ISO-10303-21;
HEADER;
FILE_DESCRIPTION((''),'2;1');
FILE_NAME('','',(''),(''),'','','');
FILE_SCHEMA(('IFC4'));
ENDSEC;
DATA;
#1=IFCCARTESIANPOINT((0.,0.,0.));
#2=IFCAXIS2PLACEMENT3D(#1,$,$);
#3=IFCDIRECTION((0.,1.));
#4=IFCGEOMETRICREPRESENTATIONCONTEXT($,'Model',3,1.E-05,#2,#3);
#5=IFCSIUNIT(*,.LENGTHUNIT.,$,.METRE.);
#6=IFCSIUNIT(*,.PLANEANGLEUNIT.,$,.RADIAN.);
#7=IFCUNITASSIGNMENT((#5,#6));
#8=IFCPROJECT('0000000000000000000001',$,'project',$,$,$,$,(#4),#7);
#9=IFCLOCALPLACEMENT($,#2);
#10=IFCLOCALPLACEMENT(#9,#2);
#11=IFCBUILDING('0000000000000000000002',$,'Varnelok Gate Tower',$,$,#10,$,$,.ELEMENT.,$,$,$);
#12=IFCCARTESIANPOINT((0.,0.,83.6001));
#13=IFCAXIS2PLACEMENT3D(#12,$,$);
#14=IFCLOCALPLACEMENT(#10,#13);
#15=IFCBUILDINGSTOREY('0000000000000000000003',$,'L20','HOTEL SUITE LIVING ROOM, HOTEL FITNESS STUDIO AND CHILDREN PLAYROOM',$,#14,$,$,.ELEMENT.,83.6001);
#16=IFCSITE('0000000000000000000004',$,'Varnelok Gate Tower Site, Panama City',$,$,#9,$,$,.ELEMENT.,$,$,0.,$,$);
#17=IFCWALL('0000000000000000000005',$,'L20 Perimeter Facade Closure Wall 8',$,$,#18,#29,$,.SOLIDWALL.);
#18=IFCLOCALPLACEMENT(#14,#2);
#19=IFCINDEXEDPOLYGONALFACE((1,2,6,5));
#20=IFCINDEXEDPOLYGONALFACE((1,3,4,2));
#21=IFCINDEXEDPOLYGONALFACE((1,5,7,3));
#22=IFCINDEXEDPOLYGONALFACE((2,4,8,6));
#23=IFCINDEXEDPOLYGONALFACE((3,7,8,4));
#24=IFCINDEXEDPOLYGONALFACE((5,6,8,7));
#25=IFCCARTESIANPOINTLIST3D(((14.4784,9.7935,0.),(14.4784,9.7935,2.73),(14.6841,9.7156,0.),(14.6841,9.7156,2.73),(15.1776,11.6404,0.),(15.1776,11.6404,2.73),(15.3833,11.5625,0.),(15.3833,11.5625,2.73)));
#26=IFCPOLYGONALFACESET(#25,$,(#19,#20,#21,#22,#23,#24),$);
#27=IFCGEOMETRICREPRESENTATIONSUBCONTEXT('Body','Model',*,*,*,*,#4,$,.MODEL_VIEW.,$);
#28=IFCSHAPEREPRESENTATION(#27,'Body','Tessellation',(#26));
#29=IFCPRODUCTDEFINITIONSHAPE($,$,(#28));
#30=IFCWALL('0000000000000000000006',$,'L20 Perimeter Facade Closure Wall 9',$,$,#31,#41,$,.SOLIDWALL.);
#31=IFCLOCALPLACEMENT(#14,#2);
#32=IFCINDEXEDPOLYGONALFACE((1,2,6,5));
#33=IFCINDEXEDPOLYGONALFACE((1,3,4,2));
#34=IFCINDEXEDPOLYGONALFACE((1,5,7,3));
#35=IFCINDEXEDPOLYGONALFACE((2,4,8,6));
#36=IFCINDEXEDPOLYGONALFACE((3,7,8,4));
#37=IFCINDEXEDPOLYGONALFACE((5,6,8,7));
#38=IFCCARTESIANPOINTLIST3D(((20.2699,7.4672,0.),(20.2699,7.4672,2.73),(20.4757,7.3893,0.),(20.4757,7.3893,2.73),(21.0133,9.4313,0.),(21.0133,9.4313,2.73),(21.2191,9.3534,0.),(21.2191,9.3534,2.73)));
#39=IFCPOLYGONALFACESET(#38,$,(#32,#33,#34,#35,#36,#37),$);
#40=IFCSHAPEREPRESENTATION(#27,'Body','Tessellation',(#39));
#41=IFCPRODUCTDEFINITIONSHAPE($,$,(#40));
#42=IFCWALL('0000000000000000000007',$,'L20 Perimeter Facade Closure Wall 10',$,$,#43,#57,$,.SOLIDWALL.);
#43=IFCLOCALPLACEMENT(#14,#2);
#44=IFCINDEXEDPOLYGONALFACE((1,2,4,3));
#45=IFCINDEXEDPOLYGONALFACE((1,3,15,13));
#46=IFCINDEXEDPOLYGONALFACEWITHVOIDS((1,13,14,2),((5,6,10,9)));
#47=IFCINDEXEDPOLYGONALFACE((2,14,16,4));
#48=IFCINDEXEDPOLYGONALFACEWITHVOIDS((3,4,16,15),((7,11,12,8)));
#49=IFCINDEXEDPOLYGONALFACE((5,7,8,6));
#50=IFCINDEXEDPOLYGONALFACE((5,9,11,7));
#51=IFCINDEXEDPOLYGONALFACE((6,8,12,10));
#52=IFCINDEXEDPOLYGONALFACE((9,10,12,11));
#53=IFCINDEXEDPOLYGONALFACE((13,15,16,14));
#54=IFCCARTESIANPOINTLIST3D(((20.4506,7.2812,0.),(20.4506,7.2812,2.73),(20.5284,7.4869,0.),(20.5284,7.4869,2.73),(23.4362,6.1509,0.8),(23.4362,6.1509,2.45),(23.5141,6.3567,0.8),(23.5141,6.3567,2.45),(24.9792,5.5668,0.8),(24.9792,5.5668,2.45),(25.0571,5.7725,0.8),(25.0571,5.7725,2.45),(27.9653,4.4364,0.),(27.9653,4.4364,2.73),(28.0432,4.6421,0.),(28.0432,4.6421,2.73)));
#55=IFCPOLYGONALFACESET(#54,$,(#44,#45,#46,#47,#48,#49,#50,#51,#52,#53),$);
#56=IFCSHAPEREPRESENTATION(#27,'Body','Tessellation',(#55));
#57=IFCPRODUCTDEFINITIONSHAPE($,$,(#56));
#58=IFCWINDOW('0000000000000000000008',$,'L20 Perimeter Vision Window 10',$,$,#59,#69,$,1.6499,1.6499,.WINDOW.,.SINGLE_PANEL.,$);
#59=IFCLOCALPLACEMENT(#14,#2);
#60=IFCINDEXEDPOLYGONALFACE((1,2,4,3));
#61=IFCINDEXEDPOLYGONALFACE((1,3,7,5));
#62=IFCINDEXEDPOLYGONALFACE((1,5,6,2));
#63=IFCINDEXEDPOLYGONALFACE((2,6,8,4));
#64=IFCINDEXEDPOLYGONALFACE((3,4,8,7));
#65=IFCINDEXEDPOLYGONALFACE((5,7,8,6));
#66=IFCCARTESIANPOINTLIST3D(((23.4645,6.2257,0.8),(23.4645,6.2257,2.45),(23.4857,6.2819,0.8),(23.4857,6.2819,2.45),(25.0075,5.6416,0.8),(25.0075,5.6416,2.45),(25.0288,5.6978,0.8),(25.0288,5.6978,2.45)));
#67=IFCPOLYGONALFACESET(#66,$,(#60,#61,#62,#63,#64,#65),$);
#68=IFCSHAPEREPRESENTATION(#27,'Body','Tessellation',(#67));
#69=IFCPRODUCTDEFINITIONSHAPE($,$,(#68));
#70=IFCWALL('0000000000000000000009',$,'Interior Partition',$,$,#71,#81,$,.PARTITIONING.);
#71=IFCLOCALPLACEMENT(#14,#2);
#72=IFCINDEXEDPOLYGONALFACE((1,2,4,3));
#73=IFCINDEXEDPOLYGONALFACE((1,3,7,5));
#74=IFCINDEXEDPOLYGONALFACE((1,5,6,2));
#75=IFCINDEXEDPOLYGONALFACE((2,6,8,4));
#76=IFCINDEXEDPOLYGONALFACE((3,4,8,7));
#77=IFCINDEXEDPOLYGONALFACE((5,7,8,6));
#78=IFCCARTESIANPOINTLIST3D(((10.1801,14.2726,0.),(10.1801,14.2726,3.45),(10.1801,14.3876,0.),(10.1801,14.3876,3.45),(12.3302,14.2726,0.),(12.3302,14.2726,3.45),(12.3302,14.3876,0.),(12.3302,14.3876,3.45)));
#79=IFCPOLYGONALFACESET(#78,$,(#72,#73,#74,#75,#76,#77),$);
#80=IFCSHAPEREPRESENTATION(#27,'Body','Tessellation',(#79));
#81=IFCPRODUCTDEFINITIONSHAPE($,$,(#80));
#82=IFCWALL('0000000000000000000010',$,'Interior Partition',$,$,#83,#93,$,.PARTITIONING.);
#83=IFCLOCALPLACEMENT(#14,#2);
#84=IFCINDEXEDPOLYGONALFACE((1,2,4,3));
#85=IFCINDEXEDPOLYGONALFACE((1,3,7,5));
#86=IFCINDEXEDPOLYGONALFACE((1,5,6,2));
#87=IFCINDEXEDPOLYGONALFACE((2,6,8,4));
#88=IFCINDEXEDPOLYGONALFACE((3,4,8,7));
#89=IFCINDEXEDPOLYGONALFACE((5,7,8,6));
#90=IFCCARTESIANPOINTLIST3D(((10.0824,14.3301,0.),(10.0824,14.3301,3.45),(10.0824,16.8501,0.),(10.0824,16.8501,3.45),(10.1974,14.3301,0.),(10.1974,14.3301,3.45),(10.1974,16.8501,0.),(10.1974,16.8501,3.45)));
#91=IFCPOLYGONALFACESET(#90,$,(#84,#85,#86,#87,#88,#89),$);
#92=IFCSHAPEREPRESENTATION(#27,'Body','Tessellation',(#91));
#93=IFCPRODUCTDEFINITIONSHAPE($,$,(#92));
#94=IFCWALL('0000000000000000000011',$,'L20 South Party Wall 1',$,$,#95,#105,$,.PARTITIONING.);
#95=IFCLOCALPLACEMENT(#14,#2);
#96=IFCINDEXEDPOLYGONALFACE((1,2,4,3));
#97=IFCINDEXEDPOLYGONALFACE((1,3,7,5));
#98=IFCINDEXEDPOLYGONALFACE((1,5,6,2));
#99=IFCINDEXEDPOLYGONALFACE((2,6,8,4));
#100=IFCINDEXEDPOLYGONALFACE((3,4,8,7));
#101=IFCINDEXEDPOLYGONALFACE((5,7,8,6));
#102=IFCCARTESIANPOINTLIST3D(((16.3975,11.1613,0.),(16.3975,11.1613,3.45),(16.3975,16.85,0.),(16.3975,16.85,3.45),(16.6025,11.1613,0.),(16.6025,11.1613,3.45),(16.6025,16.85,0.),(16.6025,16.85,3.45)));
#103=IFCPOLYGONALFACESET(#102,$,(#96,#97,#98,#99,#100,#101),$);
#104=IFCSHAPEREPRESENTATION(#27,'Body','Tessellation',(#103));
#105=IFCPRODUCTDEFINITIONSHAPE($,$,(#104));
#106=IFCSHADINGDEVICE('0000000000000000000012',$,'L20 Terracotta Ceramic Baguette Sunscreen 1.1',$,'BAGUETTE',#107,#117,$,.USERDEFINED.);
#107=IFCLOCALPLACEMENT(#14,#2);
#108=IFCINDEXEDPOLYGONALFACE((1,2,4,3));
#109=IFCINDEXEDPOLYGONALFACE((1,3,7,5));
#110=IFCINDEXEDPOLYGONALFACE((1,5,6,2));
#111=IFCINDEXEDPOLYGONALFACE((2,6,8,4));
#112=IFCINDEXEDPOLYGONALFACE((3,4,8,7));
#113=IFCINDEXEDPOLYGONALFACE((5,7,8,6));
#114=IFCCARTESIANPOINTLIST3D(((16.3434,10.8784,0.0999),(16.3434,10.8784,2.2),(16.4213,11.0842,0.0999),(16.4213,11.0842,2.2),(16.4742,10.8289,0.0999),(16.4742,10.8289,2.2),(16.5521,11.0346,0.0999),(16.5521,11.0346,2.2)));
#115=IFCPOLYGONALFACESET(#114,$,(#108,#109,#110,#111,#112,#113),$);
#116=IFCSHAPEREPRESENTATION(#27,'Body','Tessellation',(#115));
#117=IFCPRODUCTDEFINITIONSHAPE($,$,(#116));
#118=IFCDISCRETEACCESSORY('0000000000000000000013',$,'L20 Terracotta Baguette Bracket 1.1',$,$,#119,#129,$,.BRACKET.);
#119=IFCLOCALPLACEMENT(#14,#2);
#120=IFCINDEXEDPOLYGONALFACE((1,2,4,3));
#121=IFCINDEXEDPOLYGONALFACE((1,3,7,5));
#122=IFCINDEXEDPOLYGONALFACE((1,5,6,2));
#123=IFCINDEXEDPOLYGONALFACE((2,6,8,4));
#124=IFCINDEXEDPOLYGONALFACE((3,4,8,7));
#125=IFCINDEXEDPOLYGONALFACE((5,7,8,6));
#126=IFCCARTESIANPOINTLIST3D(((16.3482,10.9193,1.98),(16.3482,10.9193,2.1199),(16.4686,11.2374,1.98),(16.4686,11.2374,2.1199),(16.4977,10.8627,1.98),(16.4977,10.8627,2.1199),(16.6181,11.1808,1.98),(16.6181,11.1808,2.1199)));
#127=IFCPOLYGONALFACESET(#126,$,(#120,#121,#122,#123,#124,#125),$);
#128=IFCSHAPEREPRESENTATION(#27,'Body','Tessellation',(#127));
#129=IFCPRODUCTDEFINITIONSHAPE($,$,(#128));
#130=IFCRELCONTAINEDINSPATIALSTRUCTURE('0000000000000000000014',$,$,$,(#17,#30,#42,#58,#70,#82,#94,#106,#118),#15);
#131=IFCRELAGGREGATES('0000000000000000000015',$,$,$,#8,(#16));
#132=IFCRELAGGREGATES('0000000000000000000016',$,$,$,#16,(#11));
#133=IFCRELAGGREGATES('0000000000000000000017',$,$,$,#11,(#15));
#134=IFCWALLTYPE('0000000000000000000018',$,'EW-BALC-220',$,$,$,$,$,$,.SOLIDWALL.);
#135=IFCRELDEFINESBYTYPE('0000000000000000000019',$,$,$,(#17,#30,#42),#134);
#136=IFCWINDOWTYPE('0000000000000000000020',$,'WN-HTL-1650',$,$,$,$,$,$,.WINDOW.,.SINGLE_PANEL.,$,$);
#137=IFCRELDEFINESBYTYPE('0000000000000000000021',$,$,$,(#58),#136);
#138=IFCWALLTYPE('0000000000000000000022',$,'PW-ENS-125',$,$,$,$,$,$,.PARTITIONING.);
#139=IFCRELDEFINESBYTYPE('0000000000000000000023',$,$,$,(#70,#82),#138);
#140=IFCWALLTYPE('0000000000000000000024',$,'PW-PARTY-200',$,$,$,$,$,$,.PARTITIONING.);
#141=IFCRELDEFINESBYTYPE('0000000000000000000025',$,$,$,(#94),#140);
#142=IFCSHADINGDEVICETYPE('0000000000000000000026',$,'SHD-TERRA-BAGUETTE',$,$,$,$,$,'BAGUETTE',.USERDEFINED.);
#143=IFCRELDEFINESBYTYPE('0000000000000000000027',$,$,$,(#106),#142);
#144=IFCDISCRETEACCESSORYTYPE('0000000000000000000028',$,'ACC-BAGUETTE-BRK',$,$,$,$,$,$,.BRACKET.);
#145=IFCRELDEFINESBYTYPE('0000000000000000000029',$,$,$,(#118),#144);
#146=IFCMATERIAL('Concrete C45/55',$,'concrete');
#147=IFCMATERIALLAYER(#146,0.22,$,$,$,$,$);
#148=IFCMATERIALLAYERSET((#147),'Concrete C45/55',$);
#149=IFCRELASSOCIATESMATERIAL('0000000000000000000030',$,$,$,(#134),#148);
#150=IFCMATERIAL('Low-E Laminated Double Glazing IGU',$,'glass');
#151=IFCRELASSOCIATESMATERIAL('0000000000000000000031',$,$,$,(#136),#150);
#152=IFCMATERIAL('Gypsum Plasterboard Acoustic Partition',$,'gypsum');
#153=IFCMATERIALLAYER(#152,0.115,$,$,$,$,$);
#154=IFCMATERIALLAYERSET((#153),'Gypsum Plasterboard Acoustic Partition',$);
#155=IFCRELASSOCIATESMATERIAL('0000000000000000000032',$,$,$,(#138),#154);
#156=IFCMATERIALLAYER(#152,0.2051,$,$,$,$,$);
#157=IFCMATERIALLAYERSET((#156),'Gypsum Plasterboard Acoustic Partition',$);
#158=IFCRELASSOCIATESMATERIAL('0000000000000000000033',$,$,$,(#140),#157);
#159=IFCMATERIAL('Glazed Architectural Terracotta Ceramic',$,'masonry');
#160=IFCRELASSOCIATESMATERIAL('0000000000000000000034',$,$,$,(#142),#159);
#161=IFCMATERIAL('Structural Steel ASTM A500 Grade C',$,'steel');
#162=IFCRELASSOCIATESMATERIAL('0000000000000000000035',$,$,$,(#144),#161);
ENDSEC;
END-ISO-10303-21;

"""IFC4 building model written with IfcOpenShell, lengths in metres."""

from ifc_helpers import new_model, si_unit, direction, frame, frame_2d, origin, origin_2d, place, context, subcontext, project, spatial, rectangle, extrude, source, transform, mapped, material, layer, layer_set, type_object, element, fill, save


model = new_model("IFC4")

# Units and contexts
model_context = context("Model", 3, precision=1e-05, world=origin(), true_north=direction((0.0, 1.0)))
body_context = subcontext(model_context, "Body", "Model", "MODEL_VIEW")
ifc_project = project(units=[si_unit("LENGTHUNIT", "METRE"), si_unit("PLANEANGLEUNIT", "RADIAN")], contexts=[model_context])

# Site, building, storey
site_placement = place(None, origin())
site = spatial("IfcSite", under=ifc_project, at=site_placement, Name="Varnelok Gate Tower Site, Panama City", CompositionType="ELEMENT", RefElevation=0.0)
building_placement = place(site_placement, origin())
building = spatial("IfcBuilding", under=site, at=building_placement, Name="Varnelok Gate Tower", CompositionType="ELEMENT")
storey_placement = place(building_placement, frame((0.0, 0.0, 83.6001)))
storey = spatial("IfcBuildingStorey", under=building, at=storey_placement, Name="L20", Description="HOTEL SUITE LIVING ROOM, HOTEL FITNESS STUDIO AND CHILDREN PLAYROOM", CompositionType="ELEMENT", Elevation=83.6001)

# Shared definitions
ifc_material_1 = material(Name="Concrete C45/55", Category="concrete")

# Shared definitions
ifc_layer_1 = layer(ifc_material_1, 0.22)
ifc_layer_set_1 = layer_set([ifc_layer_1], Name="Concrete C45/55")
wall_type_1 = type_object("IfcWallType", Name="EW-BALC-220", PredefinedType="SOLIDWALL", material=ifc_layer_set_1)

# Walls
wall_1_placement = place(storey_placement, frame((14.5813, 9.7546, 0.0), z_axis=(0.0, 0.0, 1.0), x_axis=(0.354062, 0.935222, 0.0)))
element("IfcWall", 1, at=wall_1_placement, inside=storey, type_object=wall_type_1, Name="L20 Perimeter Facade Closure Wall 8", PredefinedType="SOLIDWALL", context=body_context, shape_type="SweptSolid", body=[
    extrude(rectangle(XDim=1.9749, YDim=0.22, at=frame_2d((0.9873, 0.0))), origin(), (0.0, 0.0, 1.0), 2.73),
])
wall_2_placement = place(storey_placement, frame((21.1162, 9.3923, 0.0), z_axis=(0.0, 0.0, 1.0), x_axis=(-0.353988, -0.93525, 0.0)))
element("IfcWall", 2, at=wall_2_placement, inside=storey, type_object=wall_type_1, Name="L20 Perimeter Facade Closure Wall 9", PredefinedType="SOLIDWALL", context=body_context, shape_type="SweptSolid", body=[
    extrude(rectangle(XDim=2.1001, YDim=0.22, at=frame_2d((1.05, 0.0))), origin(), (0.0, 0.0, 1.0), 2.73),
])

# Wall, opening, window
wall_3_placement = place(storey_placement, frame((20.4895, 7.384, 0.0), z_axis=(0.0, 0.0, 1.0), x_axis=(0.935231, -0.354039, 0.0)))
wall_3 = element("IfcWall", 3, at=wall_3_placement, inside=storey, type_object=wall_type_1, Name="L20 Perimeter Facade Closure Wall 10", PredefinedType="SOLIDWALL", context=body_context, shape_type="SweptSolid", body=[
    extrude(rectangle(XDim=8.0352, YDim=0.22, at=frame_2d((4.0176, 0.0))), origin(), (0.0, 0.0, 1.0), 2.73),
])
opening_1_placement = place(wall_3_placement, frame((3.1924, 0.0, 0.8)))
opening_1 = element("IfcOpeningElement", 4, at=opening_1_placement, cuts=wall_3, PredefinedType="OPENING", context=body_context, shape_type="SweptSolid", body=[
    extrude(rectangle(XDim=1.6499, YDim=1.6499, at=frame_2d((0.825, 0.825))), frame((0.0, 0.1199, 0.0), z_axis=(0.0, -1.0, 0.0), x_axis=(1.0, 0.0, 0.0)), (0.0, 0.0, 1.0), 0.24),
])
ifc_material_2 = material(Name="Low-E Laminated Double Glazing IGU", Category="glass")
window_type = type_object("IfcWindowType", Name="WN-HTL-1650", PartitioningType="SINGLE_PANEL", PredefinedType="WINDOW", material=ifc_material_2)
window_placement = place(opening_1_placement, origin())
window = element("IfcWindow", 5, at=window_placement, inside=storey, type_object=window_type, Name="L20 Perimeter Vision Window 10", OverallHeight=1.6499, OverallWidth=1.6499, PartitioningType="SINGLE_PANEL", PredefinedType="WINDOW", context=body_context, shape_type="SweptSolid", body=[
    extrude(rectangle(XDim=1.6499, YDim=1.6499, at=frame_2d((0.825, 0.825))), frame((0.0, 0.03, 0.0), z_axis=(0.0, -1.0, 0.0), x_axis=(1.0, 0.0, 0.0)), (0.0, 0.0, 1.0), 0.0601),
])
fill(opening_1, window)

# Walls
ifc_material_3 = material(Name="Gypsum Plasterboard Acoustic Partition", Category="gypsum")
ifc_layer_2 = layer(ifc_material_3, 0.115)
ifc_layer_set_2 = layer_set([ifc_layer_2], Name="Gypsum Plasterboard Acoustic Partition")
wall_type_2 = type_object("IfcWallType", Name="PW-ENS-125", PredefinedType="PARTITIONING", material=ifc_layer_set_2)
wall_4_placement = place(storey_placement, frame((10.1799, 14.3301, 0.0), z_axis=(0.0, 0.0, 1.0), x_axis=(1.0, 0.0, 0.0)))
element("IfcWall", 6, at=wall_4_placement, inside=storey, type_object=wall_type_2, Name="Interior Partition", PredefinedType="PARTITIONING", context=body_context, shape_type="SweptSolid", body=[
    extrude(rectangle(XDim=2.1501, YDim=0.115, at=frame_2d((1.0752, 0.0))), origin(), (0.0, 0.0, 1.0), 3.45),
])
wall_5_placement = place(storey_placement, frame((10.1399, 14.3301, 0.0), z_axis=(0.0, 0.0, 1.0), x_axis=(0.0, 1.0, 0.0)))
element("IfcWall", 7, at=wall_5_placement, inside=storey, type_object=wall_type_2, Name="Interior Partition", PredefinedType="PARTITIONING", context=body_context, shape_type="SweptSolid", body=[
    extrude(rectangle(XDim=2.52, YDim=0.115, at=frame_2d((1.26, 0.0))), origin(), (0.0, 0.0, 1.0), 3.45),
])
ifc_layer_3 = layer(ifc_material_3, 0.2051)
ifc_layer_set_3 = layer_set([ifc_layer_3], Name="Gypsum Plasterboard Acoustic Partition")
wall_type_3 = type_object("IfcWallType", Name="PW-PARTY-200", PredefinedType="PARTITIONING", material=ifc_layer_set_3)
wall_6_placement = place(storey_placement, frame((16.5, 11.1614, 0.0), z_axis=(0.0, 0.0, 1.0), x_axis=(0.0, 1.0, 0.0)))
element("IfcWall", 8, at=wall_6_placement, inside=storey, type_object=wall_type_3, Name="L20 South Party Wall 1", PredefinedType="PARTITIONING", context=body_context, shape_type="SweptSolid", body=[
    extrude(rectangle(XDim=5.6887, YDim=0.2051, at=frame_2d((2.8442, 0.0))), origin(), (0.0, 0.0, 1.0), 3.45),
])

# Shading device
ifc_material_4 = material(Name="Glazed Architectural Terracotta Ceramic", Category="masonry")
shading_device_type = type_object("IfcShadingDeviceType", Name="SHD-TERRA-BAGUETTE", ElementType="BAGUETTE", PredefinedType="USERDEFINED", material=ifc_material_4)
shared_shape_1 = source(origin(), body_context, "Body", "SweptSolid", [
    extrude(rectangle(XDim=0.1399, YDim=0.22, at=origin_2d()), origin(), (0.0, 0.0, 1.0), 2.1001),
])
shading_device_placement = place(storey_placement, frame((16.4478, 10.9565, 0.0999), z_axis=(0.0, 0.0, 1.0), x_axis=(0.935222, -0.354063, 0.0)))
element("IfcShadingDevice", 9, at=shading_device_placement, inside=storey, type_object=shading_device_type, Name="L20 Terracotta Ceramic Baguette Sunscreen 1.1", ObjectType="BAGUETTE", PredefinedType="USERDEFINED", context=body_context, shape_type="MappedRepresentation", body=[
    mapped(shared_shape_1, transform((0.0, 0.0, 0.0), scale=1.0)),
])

# Discrete accessory
ifc_material_5 = material(Name="Structural Steel ASTM A500 Grade C", Category="steel")
discrete_accessory_type = type_object("IfcDiscreteAccessoryType", Name="ACC-BAGUETTE-BRK", PredefinedType="BRACKET", material=ifc_material_5)
shared_shape_2 = source(origin(), body_context, "Body", "SweptSolid", [
    extrude(rectangle(XDim=0.1599, YDim=0.3401, at=origin_2d()), origin(), (0.0, 0.0, 1.0), 0.1399),
])
discrete_accessory_placement = place(storey_placement, frame((16.4832, 11.05, 1.98), z_axis=(0.0, 0.0, 1.0), x_axis=(0.935222, -0.354063, 0.0)))
element("IfcDiscreteAccessory", 10, at=discrete_accessory_placement, inside=storey, type_object=discrete_accessory_type, Name="L20 Terracotta Baguette Bracket 1.1", PredefinedType="BRACKET", context=body_context, shape_type="MappedRepresentation", body=[
    mapped(shared_shape_2, transform((0.0, 0.0, 0.0), scale=1.0)),
])

save(model, "model.ifc")
